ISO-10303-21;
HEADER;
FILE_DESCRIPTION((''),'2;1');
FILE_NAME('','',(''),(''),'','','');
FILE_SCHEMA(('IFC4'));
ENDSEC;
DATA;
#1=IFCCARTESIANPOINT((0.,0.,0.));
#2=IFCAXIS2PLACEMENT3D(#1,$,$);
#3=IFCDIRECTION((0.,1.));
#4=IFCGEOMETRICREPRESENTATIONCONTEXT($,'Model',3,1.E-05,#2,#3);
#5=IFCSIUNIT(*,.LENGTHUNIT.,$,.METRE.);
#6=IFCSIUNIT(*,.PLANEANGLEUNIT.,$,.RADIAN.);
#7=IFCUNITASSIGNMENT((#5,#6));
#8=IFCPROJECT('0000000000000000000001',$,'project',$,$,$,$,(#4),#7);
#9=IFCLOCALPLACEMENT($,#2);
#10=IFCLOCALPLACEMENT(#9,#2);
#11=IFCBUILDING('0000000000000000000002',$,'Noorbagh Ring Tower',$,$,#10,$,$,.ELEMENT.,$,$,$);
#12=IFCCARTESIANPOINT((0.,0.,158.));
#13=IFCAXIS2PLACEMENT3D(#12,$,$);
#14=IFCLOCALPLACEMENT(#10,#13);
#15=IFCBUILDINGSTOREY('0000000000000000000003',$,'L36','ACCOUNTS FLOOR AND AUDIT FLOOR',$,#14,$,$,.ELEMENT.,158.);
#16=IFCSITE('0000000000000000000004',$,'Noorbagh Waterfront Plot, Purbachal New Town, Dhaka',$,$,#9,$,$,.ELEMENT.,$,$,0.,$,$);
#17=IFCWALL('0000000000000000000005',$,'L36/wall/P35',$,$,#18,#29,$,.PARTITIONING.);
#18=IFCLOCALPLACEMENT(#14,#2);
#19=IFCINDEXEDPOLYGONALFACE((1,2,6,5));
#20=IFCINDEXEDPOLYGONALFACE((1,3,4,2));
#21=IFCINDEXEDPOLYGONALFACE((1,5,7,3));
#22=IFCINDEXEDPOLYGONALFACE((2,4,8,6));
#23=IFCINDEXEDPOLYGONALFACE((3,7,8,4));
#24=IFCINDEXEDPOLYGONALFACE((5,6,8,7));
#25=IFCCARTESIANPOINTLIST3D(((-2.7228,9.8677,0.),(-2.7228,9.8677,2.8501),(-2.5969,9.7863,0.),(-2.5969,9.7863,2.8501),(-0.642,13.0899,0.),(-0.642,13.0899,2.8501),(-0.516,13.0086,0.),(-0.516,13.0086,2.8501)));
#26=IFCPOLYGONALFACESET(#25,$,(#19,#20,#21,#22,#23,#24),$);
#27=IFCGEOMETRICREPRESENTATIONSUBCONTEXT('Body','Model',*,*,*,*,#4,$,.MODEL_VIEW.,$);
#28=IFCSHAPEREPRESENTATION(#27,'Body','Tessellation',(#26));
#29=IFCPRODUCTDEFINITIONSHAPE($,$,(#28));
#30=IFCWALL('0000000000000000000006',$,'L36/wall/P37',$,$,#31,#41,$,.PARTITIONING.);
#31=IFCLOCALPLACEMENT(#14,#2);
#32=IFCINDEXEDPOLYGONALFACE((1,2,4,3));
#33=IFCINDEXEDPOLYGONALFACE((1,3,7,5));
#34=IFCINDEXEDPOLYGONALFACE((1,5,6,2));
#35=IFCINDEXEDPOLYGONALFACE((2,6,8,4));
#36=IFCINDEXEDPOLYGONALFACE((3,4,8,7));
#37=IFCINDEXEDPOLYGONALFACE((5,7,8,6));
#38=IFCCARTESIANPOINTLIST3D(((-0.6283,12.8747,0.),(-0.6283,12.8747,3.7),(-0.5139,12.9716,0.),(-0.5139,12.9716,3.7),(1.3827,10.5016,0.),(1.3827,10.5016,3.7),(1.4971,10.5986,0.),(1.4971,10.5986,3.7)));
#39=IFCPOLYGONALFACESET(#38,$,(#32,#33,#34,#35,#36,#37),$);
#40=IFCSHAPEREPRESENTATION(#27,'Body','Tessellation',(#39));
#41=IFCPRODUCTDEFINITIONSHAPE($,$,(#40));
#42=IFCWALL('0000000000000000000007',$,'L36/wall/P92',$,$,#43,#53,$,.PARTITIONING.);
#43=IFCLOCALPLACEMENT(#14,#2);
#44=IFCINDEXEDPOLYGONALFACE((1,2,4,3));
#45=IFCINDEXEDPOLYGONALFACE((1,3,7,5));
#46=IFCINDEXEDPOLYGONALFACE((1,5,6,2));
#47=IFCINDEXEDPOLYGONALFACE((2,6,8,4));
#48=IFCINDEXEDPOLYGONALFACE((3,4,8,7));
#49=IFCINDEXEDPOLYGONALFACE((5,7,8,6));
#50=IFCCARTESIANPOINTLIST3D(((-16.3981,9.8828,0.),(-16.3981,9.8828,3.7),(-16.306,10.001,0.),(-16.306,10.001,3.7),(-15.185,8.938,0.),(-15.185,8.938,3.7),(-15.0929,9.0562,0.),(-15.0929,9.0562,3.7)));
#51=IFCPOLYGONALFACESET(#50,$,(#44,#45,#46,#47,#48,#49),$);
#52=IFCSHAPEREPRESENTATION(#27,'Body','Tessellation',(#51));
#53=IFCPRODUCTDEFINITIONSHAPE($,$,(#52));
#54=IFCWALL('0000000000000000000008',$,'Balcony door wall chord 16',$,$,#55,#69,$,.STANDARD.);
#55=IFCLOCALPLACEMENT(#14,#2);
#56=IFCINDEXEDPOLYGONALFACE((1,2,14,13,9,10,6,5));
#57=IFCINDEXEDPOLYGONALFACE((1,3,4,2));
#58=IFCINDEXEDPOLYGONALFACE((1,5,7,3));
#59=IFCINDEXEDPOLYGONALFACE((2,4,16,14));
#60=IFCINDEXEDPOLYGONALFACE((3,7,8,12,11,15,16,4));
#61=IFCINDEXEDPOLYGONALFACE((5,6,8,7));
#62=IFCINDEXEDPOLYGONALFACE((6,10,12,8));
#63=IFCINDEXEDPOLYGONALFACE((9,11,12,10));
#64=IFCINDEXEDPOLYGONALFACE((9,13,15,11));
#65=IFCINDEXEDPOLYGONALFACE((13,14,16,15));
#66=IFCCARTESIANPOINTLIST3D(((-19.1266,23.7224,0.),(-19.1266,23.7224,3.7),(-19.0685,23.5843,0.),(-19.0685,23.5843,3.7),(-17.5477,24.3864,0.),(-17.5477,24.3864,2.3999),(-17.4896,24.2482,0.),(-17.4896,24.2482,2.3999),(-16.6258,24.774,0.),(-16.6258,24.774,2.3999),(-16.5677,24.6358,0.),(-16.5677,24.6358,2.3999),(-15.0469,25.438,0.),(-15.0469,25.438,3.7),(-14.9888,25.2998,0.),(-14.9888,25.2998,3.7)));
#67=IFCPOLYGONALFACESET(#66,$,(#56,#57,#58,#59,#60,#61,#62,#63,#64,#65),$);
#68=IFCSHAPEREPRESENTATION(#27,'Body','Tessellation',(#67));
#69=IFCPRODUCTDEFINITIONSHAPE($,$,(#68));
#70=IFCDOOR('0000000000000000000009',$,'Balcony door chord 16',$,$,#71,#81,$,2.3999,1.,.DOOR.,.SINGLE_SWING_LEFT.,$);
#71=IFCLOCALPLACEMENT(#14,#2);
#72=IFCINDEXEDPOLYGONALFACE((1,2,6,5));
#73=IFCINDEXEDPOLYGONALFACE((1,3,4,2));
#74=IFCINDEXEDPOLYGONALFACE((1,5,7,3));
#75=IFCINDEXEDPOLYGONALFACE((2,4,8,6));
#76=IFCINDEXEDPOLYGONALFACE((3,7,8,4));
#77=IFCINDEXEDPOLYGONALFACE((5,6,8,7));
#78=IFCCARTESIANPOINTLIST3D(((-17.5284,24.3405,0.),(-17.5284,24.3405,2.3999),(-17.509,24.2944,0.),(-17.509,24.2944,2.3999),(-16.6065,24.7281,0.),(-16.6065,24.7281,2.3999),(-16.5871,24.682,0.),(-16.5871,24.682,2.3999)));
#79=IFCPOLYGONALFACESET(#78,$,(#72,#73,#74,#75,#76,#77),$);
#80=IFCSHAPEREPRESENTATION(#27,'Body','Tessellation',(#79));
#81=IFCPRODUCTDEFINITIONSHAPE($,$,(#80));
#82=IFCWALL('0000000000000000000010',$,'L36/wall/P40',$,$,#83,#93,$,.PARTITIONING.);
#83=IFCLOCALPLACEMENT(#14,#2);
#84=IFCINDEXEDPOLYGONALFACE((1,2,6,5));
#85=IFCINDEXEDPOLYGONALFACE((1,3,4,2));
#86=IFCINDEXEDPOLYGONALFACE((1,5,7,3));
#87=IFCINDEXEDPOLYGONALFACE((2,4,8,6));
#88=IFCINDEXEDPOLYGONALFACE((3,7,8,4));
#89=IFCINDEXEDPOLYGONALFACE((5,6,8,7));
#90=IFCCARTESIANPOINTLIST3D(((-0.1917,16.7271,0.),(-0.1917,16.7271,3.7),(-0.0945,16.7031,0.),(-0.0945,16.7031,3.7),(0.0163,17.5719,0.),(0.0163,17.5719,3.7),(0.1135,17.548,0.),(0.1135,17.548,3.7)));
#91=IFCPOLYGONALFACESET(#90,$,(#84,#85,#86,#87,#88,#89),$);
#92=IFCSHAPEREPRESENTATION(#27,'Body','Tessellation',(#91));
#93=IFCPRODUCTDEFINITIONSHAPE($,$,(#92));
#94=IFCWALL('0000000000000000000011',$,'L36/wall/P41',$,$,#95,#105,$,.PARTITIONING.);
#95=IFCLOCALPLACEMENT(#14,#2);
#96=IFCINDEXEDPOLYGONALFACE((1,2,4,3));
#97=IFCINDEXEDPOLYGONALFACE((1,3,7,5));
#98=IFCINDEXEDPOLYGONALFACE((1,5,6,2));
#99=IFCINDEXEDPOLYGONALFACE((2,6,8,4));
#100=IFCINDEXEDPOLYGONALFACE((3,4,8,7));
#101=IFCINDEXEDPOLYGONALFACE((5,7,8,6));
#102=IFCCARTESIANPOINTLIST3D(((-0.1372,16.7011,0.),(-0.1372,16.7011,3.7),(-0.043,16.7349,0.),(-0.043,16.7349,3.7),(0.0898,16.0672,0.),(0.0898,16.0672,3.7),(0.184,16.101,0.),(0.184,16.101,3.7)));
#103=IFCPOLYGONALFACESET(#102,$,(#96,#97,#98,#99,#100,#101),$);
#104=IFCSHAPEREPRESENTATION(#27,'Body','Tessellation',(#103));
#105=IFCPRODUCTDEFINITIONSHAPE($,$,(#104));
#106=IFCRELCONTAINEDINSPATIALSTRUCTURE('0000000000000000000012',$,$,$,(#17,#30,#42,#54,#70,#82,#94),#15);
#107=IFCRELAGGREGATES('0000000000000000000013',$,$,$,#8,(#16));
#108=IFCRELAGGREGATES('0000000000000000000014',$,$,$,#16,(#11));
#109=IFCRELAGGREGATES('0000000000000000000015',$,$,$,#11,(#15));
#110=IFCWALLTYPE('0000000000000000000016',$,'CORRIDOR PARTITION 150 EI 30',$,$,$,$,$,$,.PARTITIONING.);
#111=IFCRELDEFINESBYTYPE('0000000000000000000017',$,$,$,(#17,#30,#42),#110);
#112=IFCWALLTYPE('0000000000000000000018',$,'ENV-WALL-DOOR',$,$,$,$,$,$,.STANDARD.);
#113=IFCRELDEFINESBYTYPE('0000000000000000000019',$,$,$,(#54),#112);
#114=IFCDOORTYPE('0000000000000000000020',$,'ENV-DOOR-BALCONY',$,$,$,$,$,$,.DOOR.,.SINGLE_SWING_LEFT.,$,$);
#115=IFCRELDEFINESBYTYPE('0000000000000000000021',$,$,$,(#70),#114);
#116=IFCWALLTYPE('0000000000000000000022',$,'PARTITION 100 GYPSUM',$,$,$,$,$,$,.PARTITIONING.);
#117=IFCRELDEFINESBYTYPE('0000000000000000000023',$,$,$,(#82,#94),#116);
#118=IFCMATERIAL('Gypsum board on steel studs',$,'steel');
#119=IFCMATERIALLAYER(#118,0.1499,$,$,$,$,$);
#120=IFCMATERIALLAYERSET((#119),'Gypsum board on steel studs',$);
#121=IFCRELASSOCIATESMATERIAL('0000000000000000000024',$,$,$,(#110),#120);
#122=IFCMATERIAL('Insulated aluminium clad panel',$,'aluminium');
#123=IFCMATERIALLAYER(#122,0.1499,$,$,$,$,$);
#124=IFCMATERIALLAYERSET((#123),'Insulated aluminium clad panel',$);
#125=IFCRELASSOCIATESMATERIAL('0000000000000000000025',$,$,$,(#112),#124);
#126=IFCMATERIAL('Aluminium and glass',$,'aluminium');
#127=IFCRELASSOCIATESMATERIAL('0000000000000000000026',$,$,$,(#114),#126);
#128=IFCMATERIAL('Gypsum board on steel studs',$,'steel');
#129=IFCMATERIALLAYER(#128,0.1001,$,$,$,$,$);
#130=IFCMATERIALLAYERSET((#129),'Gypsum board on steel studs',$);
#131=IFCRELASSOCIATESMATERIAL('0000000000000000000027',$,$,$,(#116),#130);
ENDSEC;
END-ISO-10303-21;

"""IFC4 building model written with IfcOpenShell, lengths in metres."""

from ifc_helpers import new_model, si_unit, direction, frame, frame_2d, origin, place, context, subcontext, project, spatial, rectangle, extrude, material, layer, layer_set, type_object, element, fill, save


model = new_model("IFC4")

# Units and contexts
model_context = context("Model", 3, precision=1e-05, world=origin(), true_north=direction((0.0, 1.0)))
body_context = subcontext(model_context, "Body", "Model", "MODEL_VIEW")
ifc_project = project(units=[si_unit("LENGTHUNIT", "METRE"), si_unit("PLANEANGLEUNIT", "RADIAN")], contexts=[model_context])

# Site, building, storey
site_placement = place(None, origin())
site = spatial("IfcSite", under=ifc_project, at=site_placement, Name="Noorbagh Waterfront Plot, Purbachal New Town, Dhaka", CompositionType="ELEMENT", RefElevation=0.0)
building_placement = place(site_placement, origin())
building = spatial("IfcBuilding", under=site, at=building_placement, Name="Noorbagh Ring Tower", CompositionType="ELEMENT")
storey_placement = place(building_placement, frame((0.0, 0.0, 158.0)))
storey = spatial("IfcBuildingStorey", under=building, at=storey_placement, Name="L36", Description="ACCOUNTS FLOOR AND AUDIT FLOOR", CompositionType="ELEMENT", Elevation=158.0)

# Walls
ifc_material_1 = material(Name="Gypsum board on steel studs", Category="steel")
ifc_layer_1 = layer(ifc_material_1, 0.1499)
ifc_layer_set_1 = layer_set([ifc_layer_1], Name="Gypsum board on steel studs")
wall_type_1 = type_object("IfcWallType", Name="CORRIDOR PARTITION 150 EI 30", PredefinedType="PARTITIONING", material=ifc_layer_set_1)
wall_1_placement = place(storey_placement, frame((-2.6599, 9.8269, 0.0), z_axis=(0.0, 0.0, 1.0), x_axis=(0.542494, 0.84006, 0.0)))
element("IfcWall", 1, at=wall_1_placement, inside=storey, type_object=wall_type_1, Name="L36/wall/P35", PredefinedType="PARTITIONING", context=body_context, shape_type="SweptSolid", body=[
    extrude(rectangle(XDim=3.8357, YDim=0.1499, at=frame_2d((1.918, 0.0))), origin(), (0.0, 0.0, 1.0), 2.8501),
])
wall_2_placement = place(storey_placement, frame((-0.571, 12.9231, 0.0), z_axis=(0.0, 0.0, 1.0), x_axis=(0.646509, -0.762907, 0.0)))
element("IfcWall", 2, at=wall_2_placement, inside=storey, type_object=wall_type_1, Name="L36/wall/P37", PredefinedType="PARTITIONING", context=body_context, shape_type="SweptSolid", body=[
    extrude(rectangle(XDim=3.1106, YDim=0.1499, at=frame_2d((1.5552, 0.0))), origin(), (0.0, 0.0, 1.0), 3.7),
])
wall_3_placement = place(storey_placement, frame((-16.3521, 9.9419, 0.0), z_axis=(0.0, 0.0, 1.0), x_axis=(0.78895, -0.614457, 0.0)))
element("IfcWall", 3, at=wall_3_placement, inside=storey, type_object=wall_type_1, Name="L36/wall/P92", PredefinedType="PARTITIONING", context=body_context, shape_type="SweptSolid", body=[
    extrude(rectangle(XDim=1.5376, YDim=0.1499, at=frame_2d((0.7688, 0.0))), origin(), (0.0, 0.0, 1.0), 3.7),
])

# Wall, opening, door
ifc_material_2 = material(Name="Insulated aluminium clad panel", Category="aluminium")
ifc_layer_2 = layer(ifc_material_2, 0.1499)
ifc_layer_set_2 = layer_set([ifc_layer_2], Name="Insulated aluminium clad panel")
wall_type_2 = type_object("IfcWallType", Name="ENV-WALL-DOOR", PredefinedType="STANDARD", material=ifc_layer_set_2)
wall_4_placement = place(storey_placement, frame((-15.0178, 25.3689, 0.0), z_axis=(0.0, 0.0, 1.0), x_axis=(-0.921817, -0.387625, 0.0)))
wall_4 = element("IfcWall", 4, at=wall_4_placement, inside=storey, type_object=wall_type_2, Name="Balcony door wall chord 16", PredefinedType="STANDARD", context=body_context, shape_type="SweptSolid", body=[
    extrude(rectangle(XDim=4.4258, YDim=0.1499, at=frame_2d((2.2129, 0.0))), origin(), (0.0, 0.0, 1.0), 3.7),
])
opening_placement = place(wall_4_placement, frame((1.7129, 0.0, 0.0)))
opening = element("IfcOpeningElement", 5, at=opening_placement, cuts=wall_4, PredefinedType="OPENING", context=body_context, shape_type="SweptSolid", body=[
    extrude(rectangle(XDim=1.0, YDim=2.3999, at=frame_2d((0.5, 1.2))), frame((0.0, 0.085, 0.0), z_axis=(0.0, -1.0, 0.0), x_axis=(1.0, 0.0, 0.0)), (0.0, 0.0, 1.0), 0.1699),
])
ifc_material_3 = material(Name="Aluminium and glass", Category="aluminium")
door_type = type_object("IfcDoorType", Name="ENV-DOOR-BALCONY", OperationType="SINGLE_SWING_LEFT", PredefinedType="DOOR", material=ifc_material_3)
door_placement = place(opening_placement, origin())
door = element("IfcDoor", 6, at=door_placement, inside=storey, type_object=door_type, Name="Balcony door chord 16", OperationType="SINGLE_SWING_LEFT", OverallHeight=2.3999, OverallWidth=1.0, PredefinedType="DOOR", context=body_context, shape_type="SweptSolid", body=[
    extrude(rectangle(XDim=1.0, YDim=2.3999, at=frame_2d((0.5, 1.2))), frame((0.0, 0.0249, 0.0), z_axis=(0.0, -1.0, 0.0), x_axis=(1.0, 0.0, 0.0)), (0.0, 0.0, 1.0), 0.05),
])
fill(opening, door)

# Walls
ifc_material_4 = material(Name="Gypsum board on steel studs", Category="steel")
ifc_layer_3 = layer(ifc_material_4, 0.1001)
ifc_layer_set_3 = layer_set([ifc_layer_3], Name="Gypsum board on steel studs")
wall_type_3 = type_object("IfcWallType", Name="PARTITION 100 GYPSUM", PredefinedType="PARTITIONING", material=ifc_layer_set_3)
wall_5_placement = place(storey_placement, frame((-0.1431, 16.7151, 0.0), z_axis=(0.0, 0.0, 1.0), x_axis=(0.239035, 0.971011, 0.0)))
element("IfcWall", 7, at=wall_5_placement, inside=storey, type_object=wall_type_3, Name="L36/wall/P40", PredefinedType="PARTITIONING", context=body_context, shape_type="SweptSolid", body=[
    extrude(rectangle(XDim=0.8701, YDim=0.1001, at=frame_2d((0.4351, 0.0))), origin(), (0.0, 0.0, 1.0), 3.7),
])
wall_6_placement = place(storey_placement, frame((-0.0901, 16.718, 0.0), z_axis=(0.0, 0.0, 1.0), x_axis=(0.33714, -0.941455, 0.0)))
element("IfcWall", 8, at=wall_6_placement, inside=storey, type_object=wall_type_3, Name="L36/wall/P41", PredefinedType="PARTITIONING", context=body_context, shape_type="SweptSolid", body=[
    extrude(rectangle(XDim=0.6733, YDim=0.1001, at=frame_2d((0.3367, 0.0))), origin(), (0.0, 0.0, 1.0), 3.7),
])

save(model, "model.ifc")
